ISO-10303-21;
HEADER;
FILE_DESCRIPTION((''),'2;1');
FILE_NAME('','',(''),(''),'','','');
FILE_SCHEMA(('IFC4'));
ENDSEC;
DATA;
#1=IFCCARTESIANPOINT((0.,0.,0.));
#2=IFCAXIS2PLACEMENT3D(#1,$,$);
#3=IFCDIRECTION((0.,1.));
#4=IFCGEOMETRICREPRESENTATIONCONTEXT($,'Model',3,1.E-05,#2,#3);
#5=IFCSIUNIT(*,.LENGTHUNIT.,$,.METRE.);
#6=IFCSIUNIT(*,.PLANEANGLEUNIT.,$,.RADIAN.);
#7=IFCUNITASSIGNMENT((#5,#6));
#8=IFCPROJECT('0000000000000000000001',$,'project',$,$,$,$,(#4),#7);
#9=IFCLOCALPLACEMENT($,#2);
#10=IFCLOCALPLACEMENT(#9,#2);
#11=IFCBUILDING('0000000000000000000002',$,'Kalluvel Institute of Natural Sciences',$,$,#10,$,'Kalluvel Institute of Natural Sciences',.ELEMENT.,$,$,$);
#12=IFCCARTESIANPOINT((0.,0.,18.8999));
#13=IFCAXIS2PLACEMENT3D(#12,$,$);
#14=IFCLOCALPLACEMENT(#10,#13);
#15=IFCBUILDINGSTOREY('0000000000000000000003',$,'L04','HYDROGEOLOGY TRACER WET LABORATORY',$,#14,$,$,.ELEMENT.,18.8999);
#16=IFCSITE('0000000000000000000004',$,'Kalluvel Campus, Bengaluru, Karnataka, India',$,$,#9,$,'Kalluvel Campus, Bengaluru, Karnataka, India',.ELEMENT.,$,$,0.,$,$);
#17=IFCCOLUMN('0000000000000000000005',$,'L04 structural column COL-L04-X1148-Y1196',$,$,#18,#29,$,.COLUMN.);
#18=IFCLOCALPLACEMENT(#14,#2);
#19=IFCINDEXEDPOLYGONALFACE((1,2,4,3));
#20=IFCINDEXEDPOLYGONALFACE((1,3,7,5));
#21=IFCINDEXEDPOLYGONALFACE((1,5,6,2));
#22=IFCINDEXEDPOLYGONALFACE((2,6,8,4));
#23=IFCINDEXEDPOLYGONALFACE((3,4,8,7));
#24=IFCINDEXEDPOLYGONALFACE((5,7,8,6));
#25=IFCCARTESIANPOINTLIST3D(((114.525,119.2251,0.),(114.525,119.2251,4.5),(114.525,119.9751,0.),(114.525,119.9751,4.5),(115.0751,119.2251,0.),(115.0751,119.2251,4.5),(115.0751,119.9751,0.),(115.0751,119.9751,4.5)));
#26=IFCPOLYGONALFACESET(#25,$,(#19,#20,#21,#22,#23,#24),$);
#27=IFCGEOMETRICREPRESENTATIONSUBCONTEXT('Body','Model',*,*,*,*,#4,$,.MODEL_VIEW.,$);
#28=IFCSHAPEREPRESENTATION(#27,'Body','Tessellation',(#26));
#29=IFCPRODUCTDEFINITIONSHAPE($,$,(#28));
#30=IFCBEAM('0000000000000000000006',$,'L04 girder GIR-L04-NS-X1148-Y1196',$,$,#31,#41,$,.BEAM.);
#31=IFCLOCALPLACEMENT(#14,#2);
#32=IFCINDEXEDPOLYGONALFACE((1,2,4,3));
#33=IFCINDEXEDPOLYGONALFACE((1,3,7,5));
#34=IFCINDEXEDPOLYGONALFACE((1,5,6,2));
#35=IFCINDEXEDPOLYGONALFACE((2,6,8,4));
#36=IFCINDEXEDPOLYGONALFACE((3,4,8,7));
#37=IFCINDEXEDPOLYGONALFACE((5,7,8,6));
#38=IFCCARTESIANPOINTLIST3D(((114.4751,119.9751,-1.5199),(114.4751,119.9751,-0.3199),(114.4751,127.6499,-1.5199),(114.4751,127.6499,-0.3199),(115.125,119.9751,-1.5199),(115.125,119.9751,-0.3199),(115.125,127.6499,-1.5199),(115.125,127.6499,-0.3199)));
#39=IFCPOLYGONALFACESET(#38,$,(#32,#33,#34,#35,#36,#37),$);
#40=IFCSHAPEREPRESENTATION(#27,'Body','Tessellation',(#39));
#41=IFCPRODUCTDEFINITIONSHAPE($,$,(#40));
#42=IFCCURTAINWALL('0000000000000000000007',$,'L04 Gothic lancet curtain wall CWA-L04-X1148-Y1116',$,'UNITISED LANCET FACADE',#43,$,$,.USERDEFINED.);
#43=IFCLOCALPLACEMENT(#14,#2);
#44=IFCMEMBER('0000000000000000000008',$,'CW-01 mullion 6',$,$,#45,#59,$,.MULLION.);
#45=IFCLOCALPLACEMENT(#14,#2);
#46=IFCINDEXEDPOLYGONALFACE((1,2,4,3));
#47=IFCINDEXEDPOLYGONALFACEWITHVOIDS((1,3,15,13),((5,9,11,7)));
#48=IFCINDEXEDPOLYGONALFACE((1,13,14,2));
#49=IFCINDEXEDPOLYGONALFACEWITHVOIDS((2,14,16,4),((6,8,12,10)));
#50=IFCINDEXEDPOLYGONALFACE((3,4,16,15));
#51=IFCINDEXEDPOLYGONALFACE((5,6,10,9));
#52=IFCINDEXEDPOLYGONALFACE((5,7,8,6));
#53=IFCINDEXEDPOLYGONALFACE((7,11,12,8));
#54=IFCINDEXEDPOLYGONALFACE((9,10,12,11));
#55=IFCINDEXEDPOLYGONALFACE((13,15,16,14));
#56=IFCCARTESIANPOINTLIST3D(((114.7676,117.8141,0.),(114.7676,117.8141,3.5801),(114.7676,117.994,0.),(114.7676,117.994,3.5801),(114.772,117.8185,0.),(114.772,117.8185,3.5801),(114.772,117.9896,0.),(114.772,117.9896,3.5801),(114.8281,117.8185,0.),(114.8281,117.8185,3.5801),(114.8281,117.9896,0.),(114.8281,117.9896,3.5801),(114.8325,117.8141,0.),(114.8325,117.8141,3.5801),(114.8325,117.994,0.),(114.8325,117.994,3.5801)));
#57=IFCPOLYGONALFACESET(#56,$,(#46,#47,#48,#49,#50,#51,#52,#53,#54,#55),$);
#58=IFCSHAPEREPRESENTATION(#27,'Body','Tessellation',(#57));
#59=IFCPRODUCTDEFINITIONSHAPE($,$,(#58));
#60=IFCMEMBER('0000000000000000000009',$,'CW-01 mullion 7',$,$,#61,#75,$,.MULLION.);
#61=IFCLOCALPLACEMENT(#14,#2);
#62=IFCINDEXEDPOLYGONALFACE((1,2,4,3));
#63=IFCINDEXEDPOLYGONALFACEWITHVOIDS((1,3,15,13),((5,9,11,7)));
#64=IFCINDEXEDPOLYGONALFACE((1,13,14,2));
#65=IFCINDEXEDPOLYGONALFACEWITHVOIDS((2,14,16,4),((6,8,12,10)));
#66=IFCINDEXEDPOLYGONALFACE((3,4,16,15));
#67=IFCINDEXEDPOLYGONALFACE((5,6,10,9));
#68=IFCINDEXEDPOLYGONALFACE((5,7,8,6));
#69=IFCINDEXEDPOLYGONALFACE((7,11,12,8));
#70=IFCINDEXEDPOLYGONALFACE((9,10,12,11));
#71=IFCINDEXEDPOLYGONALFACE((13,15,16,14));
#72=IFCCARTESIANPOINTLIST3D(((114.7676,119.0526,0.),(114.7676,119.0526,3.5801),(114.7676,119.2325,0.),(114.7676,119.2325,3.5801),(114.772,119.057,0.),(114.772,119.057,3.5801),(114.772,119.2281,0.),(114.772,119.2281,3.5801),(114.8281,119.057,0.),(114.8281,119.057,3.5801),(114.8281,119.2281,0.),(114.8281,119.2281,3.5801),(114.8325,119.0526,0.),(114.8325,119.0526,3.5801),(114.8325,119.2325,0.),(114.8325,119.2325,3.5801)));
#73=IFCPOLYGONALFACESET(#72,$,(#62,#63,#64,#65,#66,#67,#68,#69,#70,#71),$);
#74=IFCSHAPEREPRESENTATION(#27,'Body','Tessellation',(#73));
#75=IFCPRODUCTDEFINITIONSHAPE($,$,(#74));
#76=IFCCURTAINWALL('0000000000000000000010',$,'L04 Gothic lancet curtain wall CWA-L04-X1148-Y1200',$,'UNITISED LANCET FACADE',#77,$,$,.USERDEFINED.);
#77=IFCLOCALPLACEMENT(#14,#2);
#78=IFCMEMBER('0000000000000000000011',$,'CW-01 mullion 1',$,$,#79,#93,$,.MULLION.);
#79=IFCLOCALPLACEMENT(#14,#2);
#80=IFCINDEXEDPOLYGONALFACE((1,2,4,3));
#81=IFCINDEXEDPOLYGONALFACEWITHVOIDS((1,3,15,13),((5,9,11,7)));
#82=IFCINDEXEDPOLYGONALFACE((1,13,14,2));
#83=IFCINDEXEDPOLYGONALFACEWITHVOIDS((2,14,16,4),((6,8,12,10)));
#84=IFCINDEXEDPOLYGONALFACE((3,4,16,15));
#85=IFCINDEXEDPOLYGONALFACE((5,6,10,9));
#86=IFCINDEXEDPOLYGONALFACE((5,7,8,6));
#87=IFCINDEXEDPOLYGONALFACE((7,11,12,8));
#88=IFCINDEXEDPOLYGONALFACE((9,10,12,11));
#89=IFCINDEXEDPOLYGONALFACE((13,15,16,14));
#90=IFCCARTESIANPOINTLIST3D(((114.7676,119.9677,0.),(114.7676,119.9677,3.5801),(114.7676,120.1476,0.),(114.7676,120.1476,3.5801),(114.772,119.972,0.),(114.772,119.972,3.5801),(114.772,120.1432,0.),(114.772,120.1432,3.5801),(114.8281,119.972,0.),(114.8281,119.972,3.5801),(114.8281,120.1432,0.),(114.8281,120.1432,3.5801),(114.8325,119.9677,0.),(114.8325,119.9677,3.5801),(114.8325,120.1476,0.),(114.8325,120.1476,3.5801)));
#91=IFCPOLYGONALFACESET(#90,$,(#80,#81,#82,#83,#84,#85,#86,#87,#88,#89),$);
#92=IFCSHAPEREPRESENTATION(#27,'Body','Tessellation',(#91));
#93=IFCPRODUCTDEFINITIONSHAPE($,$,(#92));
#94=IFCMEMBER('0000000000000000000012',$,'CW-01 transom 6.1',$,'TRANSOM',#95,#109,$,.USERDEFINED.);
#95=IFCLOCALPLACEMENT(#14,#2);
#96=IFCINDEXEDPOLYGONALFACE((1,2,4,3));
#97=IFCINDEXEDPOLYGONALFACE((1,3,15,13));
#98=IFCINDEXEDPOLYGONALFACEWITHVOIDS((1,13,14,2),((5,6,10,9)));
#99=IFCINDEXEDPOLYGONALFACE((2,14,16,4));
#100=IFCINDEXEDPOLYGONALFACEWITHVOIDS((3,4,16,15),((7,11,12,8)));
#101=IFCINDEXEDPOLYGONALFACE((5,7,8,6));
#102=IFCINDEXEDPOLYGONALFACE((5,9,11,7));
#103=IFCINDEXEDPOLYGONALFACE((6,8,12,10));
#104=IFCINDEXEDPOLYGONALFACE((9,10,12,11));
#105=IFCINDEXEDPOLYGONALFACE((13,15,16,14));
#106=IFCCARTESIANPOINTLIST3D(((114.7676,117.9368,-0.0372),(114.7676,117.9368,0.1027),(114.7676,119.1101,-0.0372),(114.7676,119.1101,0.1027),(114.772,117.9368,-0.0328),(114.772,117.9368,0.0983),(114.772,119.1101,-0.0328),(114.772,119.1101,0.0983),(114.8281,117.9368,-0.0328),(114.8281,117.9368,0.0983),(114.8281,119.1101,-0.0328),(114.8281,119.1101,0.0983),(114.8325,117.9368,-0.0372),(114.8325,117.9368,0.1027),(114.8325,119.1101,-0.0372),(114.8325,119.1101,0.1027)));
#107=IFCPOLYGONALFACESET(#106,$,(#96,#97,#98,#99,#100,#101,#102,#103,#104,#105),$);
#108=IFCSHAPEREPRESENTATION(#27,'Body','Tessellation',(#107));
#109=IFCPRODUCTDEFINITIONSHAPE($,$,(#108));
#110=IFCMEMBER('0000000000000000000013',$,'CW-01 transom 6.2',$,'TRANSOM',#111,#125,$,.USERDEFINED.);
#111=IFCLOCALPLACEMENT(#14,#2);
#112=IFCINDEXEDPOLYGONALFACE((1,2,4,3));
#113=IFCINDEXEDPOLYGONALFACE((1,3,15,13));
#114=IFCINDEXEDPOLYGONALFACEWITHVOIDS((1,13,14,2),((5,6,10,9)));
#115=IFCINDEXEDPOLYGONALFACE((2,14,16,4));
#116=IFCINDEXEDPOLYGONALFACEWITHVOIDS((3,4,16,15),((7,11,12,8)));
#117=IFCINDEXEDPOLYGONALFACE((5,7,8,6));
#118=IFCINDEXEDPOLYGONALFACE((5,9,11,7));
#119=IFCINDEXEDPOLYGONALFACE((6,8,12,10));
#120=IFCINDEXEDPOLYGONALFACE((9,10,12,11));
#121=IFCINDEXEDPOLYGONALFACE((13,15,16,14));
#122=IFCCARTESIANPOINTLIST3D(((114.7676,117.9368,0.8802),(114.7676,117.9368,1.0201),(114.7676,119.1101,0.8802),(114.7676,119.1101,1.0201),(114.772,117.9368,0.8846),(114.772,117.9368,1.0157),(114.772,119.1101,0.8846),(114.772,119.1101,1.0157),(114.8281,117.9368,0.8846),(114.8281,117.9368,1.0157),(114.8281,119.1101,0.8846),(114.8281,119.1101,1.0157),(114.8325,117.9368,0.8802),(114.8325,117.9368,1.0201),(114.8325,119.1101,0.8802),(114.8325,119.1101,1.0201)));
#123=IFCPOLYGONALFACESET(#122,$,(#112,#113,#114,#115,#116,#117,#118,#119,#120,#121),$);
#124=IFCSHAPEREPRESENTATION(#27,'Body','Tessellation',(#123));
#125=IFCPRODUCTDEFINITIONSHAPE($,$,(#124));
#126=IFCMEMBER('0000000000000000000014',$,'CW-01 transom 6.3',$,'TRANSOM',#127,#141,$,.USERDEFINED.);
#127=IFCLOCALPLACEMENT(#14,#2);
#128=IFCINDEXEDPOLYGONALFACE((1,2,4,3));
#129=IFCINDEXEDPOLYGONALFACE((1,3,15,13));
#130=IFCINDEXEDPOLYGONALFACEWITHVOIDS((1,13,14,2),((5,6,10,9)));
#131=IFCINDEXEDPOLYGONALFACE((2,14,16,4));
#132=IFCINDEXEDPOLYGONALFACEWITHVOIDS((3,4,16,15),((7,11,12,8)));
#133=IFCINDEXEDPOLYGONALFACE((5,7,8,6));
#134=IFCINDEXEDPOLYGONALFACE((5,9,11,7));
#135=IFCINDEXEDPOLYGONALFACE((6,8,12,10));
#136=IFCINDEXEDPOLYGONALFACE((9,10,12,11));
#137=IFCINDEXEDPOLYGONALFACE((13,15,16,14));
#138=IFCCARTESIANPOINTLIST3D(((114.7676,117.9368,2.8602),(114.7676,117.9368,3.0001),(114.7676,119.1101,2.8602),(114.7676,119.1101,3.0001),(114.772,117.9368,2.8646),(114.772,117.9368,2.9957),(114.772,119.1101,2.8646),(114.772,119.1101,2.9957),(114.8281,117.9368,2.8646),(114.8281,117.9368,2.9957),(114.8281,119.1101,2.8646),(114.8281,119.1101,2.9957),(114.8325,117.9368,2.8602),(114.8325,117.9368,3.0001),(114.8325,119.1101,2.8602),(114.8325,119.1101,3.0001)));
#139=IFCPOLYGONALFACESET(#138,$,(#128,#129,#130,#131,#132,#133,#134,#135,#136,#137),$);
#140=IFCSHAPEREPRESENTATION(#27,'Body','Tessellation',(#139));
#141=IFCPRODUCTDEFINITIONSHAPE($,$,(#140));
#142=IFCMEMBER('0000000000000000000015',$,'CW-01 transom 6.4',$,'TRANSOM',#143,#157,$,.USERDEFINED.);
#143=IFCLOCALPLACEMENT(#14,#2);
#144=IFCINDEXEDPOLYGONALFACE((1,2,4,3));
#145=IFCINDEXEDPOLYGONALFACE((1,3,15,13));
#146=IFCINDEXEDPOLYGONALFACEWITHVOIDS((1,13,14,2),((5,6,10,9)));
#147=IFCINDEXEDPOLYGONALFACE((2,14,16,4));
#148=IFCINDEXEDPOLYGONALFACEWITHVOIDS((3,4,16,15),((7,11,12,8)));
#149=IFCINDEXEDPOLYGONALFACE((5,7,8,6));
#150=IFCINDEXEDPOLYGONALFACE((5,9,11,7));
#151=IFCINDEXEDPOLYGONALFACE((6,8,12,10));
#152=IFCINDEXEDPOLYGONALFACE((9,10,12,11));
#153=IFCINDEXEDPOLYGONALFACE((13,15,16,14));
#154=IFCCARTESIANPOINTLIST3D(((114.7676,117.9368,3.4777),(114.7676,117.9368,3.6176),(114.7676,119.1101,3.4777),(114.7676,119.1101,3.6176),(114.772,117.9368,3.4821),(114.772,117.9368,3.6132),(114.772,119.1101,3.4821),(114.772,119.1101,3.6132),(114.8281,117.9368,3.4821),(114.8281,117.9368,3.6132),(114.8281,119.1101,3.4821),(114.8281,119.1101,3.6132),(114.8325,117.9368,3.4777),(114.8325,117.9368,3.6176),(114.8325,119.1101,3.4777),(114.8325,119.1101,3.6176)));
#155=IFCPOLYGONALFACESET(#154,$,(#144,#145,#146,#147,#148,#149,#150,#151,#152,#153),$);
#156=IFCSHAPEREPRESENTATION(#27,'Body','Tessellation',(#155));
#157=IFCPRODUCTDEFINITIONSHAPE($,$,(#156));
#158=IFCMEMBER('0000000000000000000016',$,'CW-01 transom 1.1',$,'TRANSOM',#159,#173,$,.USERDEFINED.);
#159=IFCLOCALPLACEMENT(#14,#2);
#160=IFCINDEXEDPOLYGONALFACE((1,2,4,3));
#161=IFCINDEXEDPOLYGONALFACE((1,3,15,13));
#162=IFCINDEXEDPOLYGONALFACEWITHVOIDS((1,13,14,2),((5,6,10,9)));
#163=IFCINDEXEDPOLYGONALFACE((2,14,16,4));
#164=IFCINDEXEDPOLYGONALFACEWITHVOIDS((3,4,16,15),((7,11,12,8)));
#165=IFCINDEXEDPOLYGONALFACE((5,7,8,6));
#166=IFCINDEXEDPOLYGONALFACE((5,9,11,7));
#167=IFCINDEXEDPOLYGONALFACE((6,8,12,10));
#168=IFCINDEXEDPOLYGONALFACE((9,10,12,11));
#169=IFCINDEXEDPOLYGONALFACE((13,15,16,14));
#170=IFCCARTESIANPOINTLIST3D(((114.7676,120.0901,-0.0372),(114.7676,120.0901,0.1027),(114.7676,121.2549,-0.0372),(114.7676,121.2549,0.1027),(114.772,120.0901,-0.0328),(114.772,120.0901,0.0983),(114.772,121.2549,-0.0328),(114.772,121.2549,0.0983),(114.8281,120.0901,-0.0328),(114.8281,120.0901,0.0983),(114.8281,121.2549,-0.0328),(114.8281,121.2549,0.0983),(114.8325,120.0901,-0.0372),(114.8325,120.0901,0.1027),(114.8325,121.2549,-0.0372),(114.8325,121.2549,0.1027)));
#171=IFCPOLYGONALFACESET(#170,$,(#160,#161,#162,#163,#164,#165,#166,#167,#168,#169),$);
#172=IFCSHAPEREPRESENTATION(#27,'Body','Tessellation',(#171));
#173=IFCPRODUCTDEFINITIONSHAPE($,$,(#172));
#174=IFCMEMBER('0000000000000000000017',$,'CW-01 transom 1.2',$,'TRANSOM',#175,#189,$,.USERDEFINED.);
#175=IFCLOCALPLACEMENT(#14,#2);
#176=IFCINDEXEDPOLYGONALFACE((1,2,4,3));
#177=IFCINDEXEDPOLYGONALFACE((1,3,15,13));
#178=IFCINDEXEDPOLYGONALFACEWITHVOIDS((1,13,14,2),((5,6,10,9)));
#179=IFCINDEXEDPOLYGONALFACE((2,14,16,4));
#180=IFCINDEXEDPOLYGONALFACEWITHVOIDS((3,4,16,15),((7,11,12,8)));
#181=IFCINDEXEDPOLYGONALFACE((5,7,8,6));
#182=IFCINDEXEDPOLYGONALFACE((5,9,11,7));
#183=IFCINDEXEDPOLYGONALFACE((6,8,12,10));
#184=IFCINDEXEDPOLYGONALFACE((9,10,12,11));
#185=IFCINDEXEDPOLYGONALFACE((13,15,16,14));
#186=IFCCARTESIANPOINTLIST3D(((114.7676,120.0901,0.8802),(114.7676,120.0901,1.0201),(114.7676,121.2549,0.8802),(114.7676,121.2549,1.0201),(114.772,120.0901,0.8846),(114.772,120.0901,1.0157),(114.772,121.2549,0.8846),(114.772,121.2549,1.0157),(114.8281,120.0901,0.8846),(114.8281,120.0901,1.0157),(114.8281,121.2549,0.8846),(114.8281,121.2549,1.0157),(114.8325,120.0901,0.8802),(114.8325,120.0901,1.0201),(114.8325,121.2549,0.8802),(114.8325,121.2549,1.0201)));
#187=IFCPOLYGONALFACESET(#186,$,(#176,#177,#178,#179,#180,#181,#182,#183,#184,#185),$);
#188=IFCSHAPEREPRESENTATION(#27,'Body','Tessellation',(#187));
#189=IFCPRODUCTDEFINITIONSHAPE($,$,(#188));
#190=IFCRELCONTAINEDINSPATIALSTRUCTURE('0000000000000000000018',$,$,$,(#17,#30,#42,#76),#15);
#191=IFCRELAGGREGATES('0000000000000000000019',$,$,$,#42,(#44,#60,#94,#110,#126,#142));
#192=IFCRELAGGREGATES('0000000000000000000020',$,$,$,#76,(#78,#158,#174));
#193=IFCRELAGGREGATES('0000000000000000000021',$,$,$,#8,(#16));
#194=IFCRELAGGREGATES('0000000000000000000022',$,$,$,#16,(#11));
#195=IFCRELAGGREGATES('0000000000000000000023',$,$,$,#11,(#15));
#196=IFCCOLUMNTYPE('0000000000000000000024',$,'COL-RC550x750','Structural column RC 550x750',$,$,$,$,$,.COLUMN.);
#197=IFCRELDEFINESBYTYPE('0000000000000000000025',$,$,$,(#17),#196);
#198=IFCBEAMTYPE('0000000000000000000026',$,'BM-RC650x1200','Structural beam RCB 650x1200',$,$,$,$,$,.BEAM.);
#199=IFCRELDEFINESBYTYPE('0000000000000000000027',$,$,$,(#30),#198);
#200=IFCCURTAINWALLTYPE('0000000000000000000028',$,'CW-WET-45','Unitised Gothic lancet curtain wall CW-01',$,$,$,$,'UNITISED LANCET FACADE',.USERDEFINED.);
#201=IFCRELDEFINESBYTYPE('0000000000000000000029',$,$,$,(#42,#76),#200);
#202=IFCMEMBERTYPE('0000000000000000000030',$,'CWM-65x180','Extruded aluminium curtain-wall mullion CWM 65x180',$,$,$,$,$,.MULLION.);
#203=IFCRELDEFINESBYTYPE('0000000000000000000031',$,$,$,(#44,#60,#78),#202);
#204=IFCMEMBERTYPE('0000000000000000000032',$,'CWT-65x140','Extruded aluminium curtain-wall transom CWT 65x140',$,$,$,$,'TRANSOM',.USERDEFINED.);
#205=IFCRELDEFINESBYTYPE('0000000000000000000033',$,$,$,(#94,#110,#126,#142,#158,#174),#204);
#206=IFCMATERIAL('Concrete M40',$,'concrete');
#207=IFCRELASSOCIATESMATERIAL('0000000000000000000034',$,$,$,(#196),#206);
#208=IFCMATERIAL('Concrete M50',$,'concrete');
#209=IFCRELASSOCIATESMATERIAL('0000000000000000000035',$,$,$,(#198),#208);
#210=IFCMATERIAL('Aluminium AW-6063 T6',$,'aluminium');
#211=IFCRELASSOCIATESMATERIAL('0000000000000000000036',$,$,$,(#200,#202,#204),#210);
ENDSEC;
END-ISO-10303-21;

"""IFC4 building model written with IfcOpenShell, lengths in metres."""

from ifc_helpers import new_model, si_unit, direction, frame, origin, origin_2d, place, context, subcontext, project, spatial, rectangle, hollow_rectangle, extrude, material, material_profile, profile_set, type_object, element, aggregate, save


model = new_model("IFC4")

# Units and contexts
model_context = context("Model", 3, precision=1e-05, world=origin(), true_north=direction((0.0, 1.0)))
body_context = subcontext(model_context, "Body", "Model", "MODEL_VIEW")
ifc_project = project(units=[si_unit("LENGTHUNIT", "METRE"), si_unit("PLANEANGLEUNIT", "RADIAN")], contexts=[model_context])

# Site, building, storey
site_placement = place(None, origin())
site = spatial("IfcSite", under=ifc_project, at=site_placement, Name="Kalluvel Campus, Bengaluru, Karnataka, India", LongName="Kalluvel Campus, Bengaluru, Karnataka, India", CompositionType="ELEMENT", RefElevation=0.0)
building_placement = place(site_placement, origin())
building = spatial("IfcBuilding", under=site, at=building_placement, Name="Kalluvel Institute of Natural Sciences", LongName="Kalluvel Institute of Natural Sciences", CompositionType="ELEMENT")
storey_placement = place(building_placement, frame((0.0, 0.0, 18.8999)))
storey = spatial("IfcBuildingStorey", under=building, at=storey_placement, Name="L04", Description="HYDROGEOLOGY TRACER WET LABORATORY", CompositionType="ELEMENT", Elevation=18.8999)

# Column
ifc_material_1 = material(Name="Concrete M40", Category="concrete")
ifc_material_profile_1 = material_profile(ifc_material_1, rectangle(XDim=0.55, YDim=0.75, at=origin_2d()), Name="RC 550x750")
ifc_profile_set_1 = profile_set([ifc_material_profile_1], Name="Concrete M40")
column_type = type_object("IfcColumnType", Name="COL-RC550x750", Description="Structural column RC 550x750", PredefinedType="COLUMN", material=ifc_profile_set_1)
column_placement = place(storey_placement, frame((114.8, 119.6001, 0.0), z_axis=(0.0, 0.0, 1.0), x_axis=(1.0, 0.0, 0.0)))
element("IfcColumn", 1, at=column_placement, inside=storey, type_object=column_type, Name="L04 structural column COL-L04-X1148-Y1196", PredefinedType="COLUMN", context=body_context, shape_type="SweptSolid", body=[
    extrude(rectangle(XDim=0.55, YDim=0.75, at=origin_2d()), origin(), (0.0, 0.0, 1.0), 4.5),
])

# Beam
ifc_material_2 = material(Name="Concrete M50", Category="concrete")
ifc_material_profile_2 = material_profile(ifc_material_2, rectangle(XDim=0.6499, YDim=1.2, at=origin_2d()), Name="RCB 650x1200")
ifc_profile_set_2 = profile_set([ifc_material_profile_2], Name="Concrete M50")
beam_type_1 = type_object("IfcBeamType", Name="BM-RC650x1200", Description="Structural beam RCB 650x1200", PredefinedType="BEAM", material=ifc_profile_set_2)
beam_1_placement = place(storey_placement, frame((114.8, 119.9751, -0.9199), z_axis=(0.0, 1.0, 0.0), x_axis=(-1.0, 0.0, 0.0)))
element("IfcBeam", 2, at=beam_1_placement, inside=storey, type_object=beam_type_1, Name="L04 girder GIR-L04-NS-X1148-Y1196", PredefinedType="BEAM", context=body_context, shape_type="SweptSolid", body=[
    extrude(rectangle(XDim=0.6499, YDim=1.2, at=origin_2d()), origin(), (0.0, 0.0, 1.0), 7.6748),
])

# Curtain wall, members
ifc_material_3 = material(Name="Aluminium AW-6063 T6", Category="aluminium")
curtain_wall_type = type_object("IfcCurtainWallType", Name="CW-WET-45", Description="Unitised Gothic lancet curtain wall CW-01", ElementType="UNITISED LANCET FACADE", PredefinedType="USERDEFINED", material=ifc_material_3)
curtain_wall_1_placement = place(storey_placement, origin())
curtain_wall_1 = element("IfcCurtainWall", 3, at=curtain_wall_1_placement, inside=storey, type_object=curtain_wall_type, Name="L04 Gothic lancet curtain wall CWA-L04-X1148-Y1116", ObjectType="UNITISED LANCET FACADE", PredefinedType="USERDEFINED")
ifc_material_profile_3 = material_profile(ifc_material_3, hollow_rectangle(XDim=0.0649, YDim=0.1799, WallThickness=0.0044, at=origin_2d()), Name="CWM 65x180")
ifc_profile_set_3 = profile_set([ifc_material_profile_3], Name="Aluminium AW-6063 T6")
member_type_1 = type_object("IfcMemberType", Name="CWM-65x180", Description="Extruded aluminium curtain-wall mullion CWM 65x180", PredefinedType="MULLION", material=ifc_profile_set_3)
member_1_placement = place(storey_placement, frame((114.8, 117.9041, 0.0), z_axis=(0.0, 0.0, 1.0), x_axis=(-1.0, 0.0, 0.0)))
member_1 = element("IfcMember", 4, at=member_1_placement, type_object=member_type_1, Name="CW-01 mullion 6", PredefinedType="MULLION", context=body_context, shape_type="SweptSolid", body=[
    extrude(hollow_rectangle(XDim=0.0649, YDim=0.1799, WallThickness=0.0044, at=origin_2d()), origin(), (0.0, 0.0, 1.0), 3.5801),
])
member_2_placement = place(storey_placement, frame((114.8, 119.1426, 0.0), z_axis=(0.0, 0.0, 1.0), x_axis=(-1.0, 0.0, 0.0)))
member_2 = element("IfcMember", 5, at=member_2_placement, type_object=member_type_1, Name="CW-01 mullion 7", PredefinedType="MULLION", context=body_context, shape_type="SweptSolid", body=[
    extrude(hollow_rectangle(XDim=0.0649, YDim=0.1799, WallThickness=0.0044, at=origin_2d()), origin(), (0.0, 0.0, 1.0), 3.5801),
])

# Curtain wall, member
curtain_wall_2_placement = place(storey_placement, origin())
curtain_wall_2 = element("IfcCurtainWall", 6, at=curtain_wall_2_placement, inside=storey, type_object=curtain_wall_type, Name="L04 Gothic lancet curtain wall CWA-L04-X1148-Y1200", ObjectType="UNITISED LANCET FACADE", PredefinedType="USERDEFINED")
member_3_placement = place(storey_placement, frame((114.8, 120.0576, 0.0), z_axis=(0.0, 0.0, 1.0), x_axis=(-1.0, 0.0, 0.0)))
member_3 = element("IfcMember", 7, at=member_3_placement, type_object=member_type_1, Name="CW-01 mullion 1", PredefinedType="MULLION", context=body_context, shape_type="SweptSolid", body=[
    extrude(hollow_rectangle(XDim=0.0649, YDim=0.1799, WallThickness=0.0044, at=origin_2d()), origin(), (0.0, 0.0, 1.0), 3.5801),
])

# Members
ifc_material_profile_4 = material_profile(ifc_material_3, hollow_rectangle(XDim=0.0649, YDim=0.1399, WallThickness=0.0044, at=origin_2d()), Name="CWT 65x140")
ifc_profile_set_4 = profile_set([ifc_material_profile_4], Name="Aluminium AW-6063 T6")
member_type_2 = type_object("IfcMemberType", Name="CWT-65x140", Description="Extruded aluminium curtain-wall transom CWT 65x140", ElementType="TRANSOM", PredefinedType="USERDEFINED", material=ifc_profile_set_4)
member_4_placement = place(storey_placement, frame((114.8, 117.9368, 0.0327), z_axis=(0.0, 1.0, 0.0), x_axis=(-1.0, 0.0, 0.0)))
member_4 = element("IfcMember", 8, at=member_4_placement, type_object=member_type_2, Name="CW-01 transom 6.1", ObjectType="TRANSOM", PredefinedType="USERDEFINED", context=body_context, shape_type="SweptSolid", body=[
    extrude(hollow_rectangle(XDim=0.0649, YDim=0.1399, WallThickness=0.0044, at=origin_2d()), origin(), (0.0, 0.0, 1.0), 1.1733),
])
member_5_placement = place(storey_placement, frame((114.8, 117.9368, 0.9502), z_axis=(0.0, 1.0, 0.0), x_axis=(-1.0, 0.0, 0.0)))
member_5 = element("IfcMember", 9, at=member_5_placement, type_object=member_type_2, Name="CW-01 transom 6.2", ObjectType="TRANSOM", PredefinedType="USERDEFINED", context=body_context, shape_type="SweptSolid", body=[
    extrude(hollow_rectangle(XDim=0.0649, YDim=0.1399, WallThickness=0.0044, at=origin_2d()), origin(), (0.0, 0.0, 1.0), 1.1733),
])
member_6_placement = place(storey_placement, frame((114.8, 117.9368, 2.9302), z_axis=(0.0, 1.0, 0.0), x_axis=(-1.0, 0.0, 0.0)))
member_6 = element("IfcMember", 10, at=member_6_placement, type_object=member_type_2, Name="CW-01 transom 6.3", ObjectType="TRANSOM", PredefinedType="USERDEFINED", context=body_context, shape_type="SweptSolid", body=[
    extrude(hollow_rectangle(XDim=0.0649, YDim=0.1399, WallThickness=0.0044, at=origin_2d()), origin(), (0.0, 0.0, 1.0), 1.1733),
])
member_7_placement = place(storey_placement, frame((114.8, 117.9368, 3.5476), z_axis=(0.0, 1.0, 0.0), x_axis=(-1.0, 0.0, 0.0)))
member_7 = element("IfcMember", 11, at=member_7_placement, type_object=member_type_2, Name="CW-01 transom 6.4", ObjectType="TRANSOM", PredefinedType="USERDEFINED", context=body_context, shape_type="SweptSolid", body=[
    extrude(hollow_rectangle(XDim=0.0649, YDim=0.1399, WallThickness=0.0044, at=origin_2d()), origin(), (0.0, 0.0, 1.0), 1.1733),
])
member_8_placement = place(storey_placement, frame((114.8, 120.0901, 0.0327), z_axis=(0.0, 1.0, 0.0), x_axis=(-1.0, 0.0, 0.0)))
member_8 = element("IfcMember", 12, at=member_8_placement, type_object=member_type_2, Name="CW-01 transom 1.1", ObjectType="TRANSOM", PredefinedType="USERDEFINED", context=body_context, shape_type="SweptSolid", body=[
    extrude(hollow_rectangle(XDim=0.0649, YDim=0.1399, WallThickness=0.0044, at=origin_2d()), origin(), (0.0, 0.0, 1.0), 1.1648),
])
member_9_placement = place(storey_placement, frame((114.8, 120.0901, 0.9502), z_axis=(0.0, 1.0, 0.0), x_axis=(-1.0, 0.0, 0.0)))
member_9 = element("IfcMember", 13, at=member_9_placement, type_object=member_type_2, Name="CW-01 transom 1.2", ObjectType="TRANSOM", PredefinedType="USERDEFINED", context=body_context, shape_type="SweptSolid", body=[
    extrude(hollow_rectangle(XDim=0.0649, YDim=0.1399, WallThickness=0.0044, at=origin_2d()), origin(), (0.0, 0.0, 1.0), 1.1648),
])

aggregate(curtain_wall_1, [member_1, member_2, member_4, member_5, member_6, member_7])
aggregate(curtain_wall_2, [member_3, member_8, member_9])

save(model, "model.ifc")
